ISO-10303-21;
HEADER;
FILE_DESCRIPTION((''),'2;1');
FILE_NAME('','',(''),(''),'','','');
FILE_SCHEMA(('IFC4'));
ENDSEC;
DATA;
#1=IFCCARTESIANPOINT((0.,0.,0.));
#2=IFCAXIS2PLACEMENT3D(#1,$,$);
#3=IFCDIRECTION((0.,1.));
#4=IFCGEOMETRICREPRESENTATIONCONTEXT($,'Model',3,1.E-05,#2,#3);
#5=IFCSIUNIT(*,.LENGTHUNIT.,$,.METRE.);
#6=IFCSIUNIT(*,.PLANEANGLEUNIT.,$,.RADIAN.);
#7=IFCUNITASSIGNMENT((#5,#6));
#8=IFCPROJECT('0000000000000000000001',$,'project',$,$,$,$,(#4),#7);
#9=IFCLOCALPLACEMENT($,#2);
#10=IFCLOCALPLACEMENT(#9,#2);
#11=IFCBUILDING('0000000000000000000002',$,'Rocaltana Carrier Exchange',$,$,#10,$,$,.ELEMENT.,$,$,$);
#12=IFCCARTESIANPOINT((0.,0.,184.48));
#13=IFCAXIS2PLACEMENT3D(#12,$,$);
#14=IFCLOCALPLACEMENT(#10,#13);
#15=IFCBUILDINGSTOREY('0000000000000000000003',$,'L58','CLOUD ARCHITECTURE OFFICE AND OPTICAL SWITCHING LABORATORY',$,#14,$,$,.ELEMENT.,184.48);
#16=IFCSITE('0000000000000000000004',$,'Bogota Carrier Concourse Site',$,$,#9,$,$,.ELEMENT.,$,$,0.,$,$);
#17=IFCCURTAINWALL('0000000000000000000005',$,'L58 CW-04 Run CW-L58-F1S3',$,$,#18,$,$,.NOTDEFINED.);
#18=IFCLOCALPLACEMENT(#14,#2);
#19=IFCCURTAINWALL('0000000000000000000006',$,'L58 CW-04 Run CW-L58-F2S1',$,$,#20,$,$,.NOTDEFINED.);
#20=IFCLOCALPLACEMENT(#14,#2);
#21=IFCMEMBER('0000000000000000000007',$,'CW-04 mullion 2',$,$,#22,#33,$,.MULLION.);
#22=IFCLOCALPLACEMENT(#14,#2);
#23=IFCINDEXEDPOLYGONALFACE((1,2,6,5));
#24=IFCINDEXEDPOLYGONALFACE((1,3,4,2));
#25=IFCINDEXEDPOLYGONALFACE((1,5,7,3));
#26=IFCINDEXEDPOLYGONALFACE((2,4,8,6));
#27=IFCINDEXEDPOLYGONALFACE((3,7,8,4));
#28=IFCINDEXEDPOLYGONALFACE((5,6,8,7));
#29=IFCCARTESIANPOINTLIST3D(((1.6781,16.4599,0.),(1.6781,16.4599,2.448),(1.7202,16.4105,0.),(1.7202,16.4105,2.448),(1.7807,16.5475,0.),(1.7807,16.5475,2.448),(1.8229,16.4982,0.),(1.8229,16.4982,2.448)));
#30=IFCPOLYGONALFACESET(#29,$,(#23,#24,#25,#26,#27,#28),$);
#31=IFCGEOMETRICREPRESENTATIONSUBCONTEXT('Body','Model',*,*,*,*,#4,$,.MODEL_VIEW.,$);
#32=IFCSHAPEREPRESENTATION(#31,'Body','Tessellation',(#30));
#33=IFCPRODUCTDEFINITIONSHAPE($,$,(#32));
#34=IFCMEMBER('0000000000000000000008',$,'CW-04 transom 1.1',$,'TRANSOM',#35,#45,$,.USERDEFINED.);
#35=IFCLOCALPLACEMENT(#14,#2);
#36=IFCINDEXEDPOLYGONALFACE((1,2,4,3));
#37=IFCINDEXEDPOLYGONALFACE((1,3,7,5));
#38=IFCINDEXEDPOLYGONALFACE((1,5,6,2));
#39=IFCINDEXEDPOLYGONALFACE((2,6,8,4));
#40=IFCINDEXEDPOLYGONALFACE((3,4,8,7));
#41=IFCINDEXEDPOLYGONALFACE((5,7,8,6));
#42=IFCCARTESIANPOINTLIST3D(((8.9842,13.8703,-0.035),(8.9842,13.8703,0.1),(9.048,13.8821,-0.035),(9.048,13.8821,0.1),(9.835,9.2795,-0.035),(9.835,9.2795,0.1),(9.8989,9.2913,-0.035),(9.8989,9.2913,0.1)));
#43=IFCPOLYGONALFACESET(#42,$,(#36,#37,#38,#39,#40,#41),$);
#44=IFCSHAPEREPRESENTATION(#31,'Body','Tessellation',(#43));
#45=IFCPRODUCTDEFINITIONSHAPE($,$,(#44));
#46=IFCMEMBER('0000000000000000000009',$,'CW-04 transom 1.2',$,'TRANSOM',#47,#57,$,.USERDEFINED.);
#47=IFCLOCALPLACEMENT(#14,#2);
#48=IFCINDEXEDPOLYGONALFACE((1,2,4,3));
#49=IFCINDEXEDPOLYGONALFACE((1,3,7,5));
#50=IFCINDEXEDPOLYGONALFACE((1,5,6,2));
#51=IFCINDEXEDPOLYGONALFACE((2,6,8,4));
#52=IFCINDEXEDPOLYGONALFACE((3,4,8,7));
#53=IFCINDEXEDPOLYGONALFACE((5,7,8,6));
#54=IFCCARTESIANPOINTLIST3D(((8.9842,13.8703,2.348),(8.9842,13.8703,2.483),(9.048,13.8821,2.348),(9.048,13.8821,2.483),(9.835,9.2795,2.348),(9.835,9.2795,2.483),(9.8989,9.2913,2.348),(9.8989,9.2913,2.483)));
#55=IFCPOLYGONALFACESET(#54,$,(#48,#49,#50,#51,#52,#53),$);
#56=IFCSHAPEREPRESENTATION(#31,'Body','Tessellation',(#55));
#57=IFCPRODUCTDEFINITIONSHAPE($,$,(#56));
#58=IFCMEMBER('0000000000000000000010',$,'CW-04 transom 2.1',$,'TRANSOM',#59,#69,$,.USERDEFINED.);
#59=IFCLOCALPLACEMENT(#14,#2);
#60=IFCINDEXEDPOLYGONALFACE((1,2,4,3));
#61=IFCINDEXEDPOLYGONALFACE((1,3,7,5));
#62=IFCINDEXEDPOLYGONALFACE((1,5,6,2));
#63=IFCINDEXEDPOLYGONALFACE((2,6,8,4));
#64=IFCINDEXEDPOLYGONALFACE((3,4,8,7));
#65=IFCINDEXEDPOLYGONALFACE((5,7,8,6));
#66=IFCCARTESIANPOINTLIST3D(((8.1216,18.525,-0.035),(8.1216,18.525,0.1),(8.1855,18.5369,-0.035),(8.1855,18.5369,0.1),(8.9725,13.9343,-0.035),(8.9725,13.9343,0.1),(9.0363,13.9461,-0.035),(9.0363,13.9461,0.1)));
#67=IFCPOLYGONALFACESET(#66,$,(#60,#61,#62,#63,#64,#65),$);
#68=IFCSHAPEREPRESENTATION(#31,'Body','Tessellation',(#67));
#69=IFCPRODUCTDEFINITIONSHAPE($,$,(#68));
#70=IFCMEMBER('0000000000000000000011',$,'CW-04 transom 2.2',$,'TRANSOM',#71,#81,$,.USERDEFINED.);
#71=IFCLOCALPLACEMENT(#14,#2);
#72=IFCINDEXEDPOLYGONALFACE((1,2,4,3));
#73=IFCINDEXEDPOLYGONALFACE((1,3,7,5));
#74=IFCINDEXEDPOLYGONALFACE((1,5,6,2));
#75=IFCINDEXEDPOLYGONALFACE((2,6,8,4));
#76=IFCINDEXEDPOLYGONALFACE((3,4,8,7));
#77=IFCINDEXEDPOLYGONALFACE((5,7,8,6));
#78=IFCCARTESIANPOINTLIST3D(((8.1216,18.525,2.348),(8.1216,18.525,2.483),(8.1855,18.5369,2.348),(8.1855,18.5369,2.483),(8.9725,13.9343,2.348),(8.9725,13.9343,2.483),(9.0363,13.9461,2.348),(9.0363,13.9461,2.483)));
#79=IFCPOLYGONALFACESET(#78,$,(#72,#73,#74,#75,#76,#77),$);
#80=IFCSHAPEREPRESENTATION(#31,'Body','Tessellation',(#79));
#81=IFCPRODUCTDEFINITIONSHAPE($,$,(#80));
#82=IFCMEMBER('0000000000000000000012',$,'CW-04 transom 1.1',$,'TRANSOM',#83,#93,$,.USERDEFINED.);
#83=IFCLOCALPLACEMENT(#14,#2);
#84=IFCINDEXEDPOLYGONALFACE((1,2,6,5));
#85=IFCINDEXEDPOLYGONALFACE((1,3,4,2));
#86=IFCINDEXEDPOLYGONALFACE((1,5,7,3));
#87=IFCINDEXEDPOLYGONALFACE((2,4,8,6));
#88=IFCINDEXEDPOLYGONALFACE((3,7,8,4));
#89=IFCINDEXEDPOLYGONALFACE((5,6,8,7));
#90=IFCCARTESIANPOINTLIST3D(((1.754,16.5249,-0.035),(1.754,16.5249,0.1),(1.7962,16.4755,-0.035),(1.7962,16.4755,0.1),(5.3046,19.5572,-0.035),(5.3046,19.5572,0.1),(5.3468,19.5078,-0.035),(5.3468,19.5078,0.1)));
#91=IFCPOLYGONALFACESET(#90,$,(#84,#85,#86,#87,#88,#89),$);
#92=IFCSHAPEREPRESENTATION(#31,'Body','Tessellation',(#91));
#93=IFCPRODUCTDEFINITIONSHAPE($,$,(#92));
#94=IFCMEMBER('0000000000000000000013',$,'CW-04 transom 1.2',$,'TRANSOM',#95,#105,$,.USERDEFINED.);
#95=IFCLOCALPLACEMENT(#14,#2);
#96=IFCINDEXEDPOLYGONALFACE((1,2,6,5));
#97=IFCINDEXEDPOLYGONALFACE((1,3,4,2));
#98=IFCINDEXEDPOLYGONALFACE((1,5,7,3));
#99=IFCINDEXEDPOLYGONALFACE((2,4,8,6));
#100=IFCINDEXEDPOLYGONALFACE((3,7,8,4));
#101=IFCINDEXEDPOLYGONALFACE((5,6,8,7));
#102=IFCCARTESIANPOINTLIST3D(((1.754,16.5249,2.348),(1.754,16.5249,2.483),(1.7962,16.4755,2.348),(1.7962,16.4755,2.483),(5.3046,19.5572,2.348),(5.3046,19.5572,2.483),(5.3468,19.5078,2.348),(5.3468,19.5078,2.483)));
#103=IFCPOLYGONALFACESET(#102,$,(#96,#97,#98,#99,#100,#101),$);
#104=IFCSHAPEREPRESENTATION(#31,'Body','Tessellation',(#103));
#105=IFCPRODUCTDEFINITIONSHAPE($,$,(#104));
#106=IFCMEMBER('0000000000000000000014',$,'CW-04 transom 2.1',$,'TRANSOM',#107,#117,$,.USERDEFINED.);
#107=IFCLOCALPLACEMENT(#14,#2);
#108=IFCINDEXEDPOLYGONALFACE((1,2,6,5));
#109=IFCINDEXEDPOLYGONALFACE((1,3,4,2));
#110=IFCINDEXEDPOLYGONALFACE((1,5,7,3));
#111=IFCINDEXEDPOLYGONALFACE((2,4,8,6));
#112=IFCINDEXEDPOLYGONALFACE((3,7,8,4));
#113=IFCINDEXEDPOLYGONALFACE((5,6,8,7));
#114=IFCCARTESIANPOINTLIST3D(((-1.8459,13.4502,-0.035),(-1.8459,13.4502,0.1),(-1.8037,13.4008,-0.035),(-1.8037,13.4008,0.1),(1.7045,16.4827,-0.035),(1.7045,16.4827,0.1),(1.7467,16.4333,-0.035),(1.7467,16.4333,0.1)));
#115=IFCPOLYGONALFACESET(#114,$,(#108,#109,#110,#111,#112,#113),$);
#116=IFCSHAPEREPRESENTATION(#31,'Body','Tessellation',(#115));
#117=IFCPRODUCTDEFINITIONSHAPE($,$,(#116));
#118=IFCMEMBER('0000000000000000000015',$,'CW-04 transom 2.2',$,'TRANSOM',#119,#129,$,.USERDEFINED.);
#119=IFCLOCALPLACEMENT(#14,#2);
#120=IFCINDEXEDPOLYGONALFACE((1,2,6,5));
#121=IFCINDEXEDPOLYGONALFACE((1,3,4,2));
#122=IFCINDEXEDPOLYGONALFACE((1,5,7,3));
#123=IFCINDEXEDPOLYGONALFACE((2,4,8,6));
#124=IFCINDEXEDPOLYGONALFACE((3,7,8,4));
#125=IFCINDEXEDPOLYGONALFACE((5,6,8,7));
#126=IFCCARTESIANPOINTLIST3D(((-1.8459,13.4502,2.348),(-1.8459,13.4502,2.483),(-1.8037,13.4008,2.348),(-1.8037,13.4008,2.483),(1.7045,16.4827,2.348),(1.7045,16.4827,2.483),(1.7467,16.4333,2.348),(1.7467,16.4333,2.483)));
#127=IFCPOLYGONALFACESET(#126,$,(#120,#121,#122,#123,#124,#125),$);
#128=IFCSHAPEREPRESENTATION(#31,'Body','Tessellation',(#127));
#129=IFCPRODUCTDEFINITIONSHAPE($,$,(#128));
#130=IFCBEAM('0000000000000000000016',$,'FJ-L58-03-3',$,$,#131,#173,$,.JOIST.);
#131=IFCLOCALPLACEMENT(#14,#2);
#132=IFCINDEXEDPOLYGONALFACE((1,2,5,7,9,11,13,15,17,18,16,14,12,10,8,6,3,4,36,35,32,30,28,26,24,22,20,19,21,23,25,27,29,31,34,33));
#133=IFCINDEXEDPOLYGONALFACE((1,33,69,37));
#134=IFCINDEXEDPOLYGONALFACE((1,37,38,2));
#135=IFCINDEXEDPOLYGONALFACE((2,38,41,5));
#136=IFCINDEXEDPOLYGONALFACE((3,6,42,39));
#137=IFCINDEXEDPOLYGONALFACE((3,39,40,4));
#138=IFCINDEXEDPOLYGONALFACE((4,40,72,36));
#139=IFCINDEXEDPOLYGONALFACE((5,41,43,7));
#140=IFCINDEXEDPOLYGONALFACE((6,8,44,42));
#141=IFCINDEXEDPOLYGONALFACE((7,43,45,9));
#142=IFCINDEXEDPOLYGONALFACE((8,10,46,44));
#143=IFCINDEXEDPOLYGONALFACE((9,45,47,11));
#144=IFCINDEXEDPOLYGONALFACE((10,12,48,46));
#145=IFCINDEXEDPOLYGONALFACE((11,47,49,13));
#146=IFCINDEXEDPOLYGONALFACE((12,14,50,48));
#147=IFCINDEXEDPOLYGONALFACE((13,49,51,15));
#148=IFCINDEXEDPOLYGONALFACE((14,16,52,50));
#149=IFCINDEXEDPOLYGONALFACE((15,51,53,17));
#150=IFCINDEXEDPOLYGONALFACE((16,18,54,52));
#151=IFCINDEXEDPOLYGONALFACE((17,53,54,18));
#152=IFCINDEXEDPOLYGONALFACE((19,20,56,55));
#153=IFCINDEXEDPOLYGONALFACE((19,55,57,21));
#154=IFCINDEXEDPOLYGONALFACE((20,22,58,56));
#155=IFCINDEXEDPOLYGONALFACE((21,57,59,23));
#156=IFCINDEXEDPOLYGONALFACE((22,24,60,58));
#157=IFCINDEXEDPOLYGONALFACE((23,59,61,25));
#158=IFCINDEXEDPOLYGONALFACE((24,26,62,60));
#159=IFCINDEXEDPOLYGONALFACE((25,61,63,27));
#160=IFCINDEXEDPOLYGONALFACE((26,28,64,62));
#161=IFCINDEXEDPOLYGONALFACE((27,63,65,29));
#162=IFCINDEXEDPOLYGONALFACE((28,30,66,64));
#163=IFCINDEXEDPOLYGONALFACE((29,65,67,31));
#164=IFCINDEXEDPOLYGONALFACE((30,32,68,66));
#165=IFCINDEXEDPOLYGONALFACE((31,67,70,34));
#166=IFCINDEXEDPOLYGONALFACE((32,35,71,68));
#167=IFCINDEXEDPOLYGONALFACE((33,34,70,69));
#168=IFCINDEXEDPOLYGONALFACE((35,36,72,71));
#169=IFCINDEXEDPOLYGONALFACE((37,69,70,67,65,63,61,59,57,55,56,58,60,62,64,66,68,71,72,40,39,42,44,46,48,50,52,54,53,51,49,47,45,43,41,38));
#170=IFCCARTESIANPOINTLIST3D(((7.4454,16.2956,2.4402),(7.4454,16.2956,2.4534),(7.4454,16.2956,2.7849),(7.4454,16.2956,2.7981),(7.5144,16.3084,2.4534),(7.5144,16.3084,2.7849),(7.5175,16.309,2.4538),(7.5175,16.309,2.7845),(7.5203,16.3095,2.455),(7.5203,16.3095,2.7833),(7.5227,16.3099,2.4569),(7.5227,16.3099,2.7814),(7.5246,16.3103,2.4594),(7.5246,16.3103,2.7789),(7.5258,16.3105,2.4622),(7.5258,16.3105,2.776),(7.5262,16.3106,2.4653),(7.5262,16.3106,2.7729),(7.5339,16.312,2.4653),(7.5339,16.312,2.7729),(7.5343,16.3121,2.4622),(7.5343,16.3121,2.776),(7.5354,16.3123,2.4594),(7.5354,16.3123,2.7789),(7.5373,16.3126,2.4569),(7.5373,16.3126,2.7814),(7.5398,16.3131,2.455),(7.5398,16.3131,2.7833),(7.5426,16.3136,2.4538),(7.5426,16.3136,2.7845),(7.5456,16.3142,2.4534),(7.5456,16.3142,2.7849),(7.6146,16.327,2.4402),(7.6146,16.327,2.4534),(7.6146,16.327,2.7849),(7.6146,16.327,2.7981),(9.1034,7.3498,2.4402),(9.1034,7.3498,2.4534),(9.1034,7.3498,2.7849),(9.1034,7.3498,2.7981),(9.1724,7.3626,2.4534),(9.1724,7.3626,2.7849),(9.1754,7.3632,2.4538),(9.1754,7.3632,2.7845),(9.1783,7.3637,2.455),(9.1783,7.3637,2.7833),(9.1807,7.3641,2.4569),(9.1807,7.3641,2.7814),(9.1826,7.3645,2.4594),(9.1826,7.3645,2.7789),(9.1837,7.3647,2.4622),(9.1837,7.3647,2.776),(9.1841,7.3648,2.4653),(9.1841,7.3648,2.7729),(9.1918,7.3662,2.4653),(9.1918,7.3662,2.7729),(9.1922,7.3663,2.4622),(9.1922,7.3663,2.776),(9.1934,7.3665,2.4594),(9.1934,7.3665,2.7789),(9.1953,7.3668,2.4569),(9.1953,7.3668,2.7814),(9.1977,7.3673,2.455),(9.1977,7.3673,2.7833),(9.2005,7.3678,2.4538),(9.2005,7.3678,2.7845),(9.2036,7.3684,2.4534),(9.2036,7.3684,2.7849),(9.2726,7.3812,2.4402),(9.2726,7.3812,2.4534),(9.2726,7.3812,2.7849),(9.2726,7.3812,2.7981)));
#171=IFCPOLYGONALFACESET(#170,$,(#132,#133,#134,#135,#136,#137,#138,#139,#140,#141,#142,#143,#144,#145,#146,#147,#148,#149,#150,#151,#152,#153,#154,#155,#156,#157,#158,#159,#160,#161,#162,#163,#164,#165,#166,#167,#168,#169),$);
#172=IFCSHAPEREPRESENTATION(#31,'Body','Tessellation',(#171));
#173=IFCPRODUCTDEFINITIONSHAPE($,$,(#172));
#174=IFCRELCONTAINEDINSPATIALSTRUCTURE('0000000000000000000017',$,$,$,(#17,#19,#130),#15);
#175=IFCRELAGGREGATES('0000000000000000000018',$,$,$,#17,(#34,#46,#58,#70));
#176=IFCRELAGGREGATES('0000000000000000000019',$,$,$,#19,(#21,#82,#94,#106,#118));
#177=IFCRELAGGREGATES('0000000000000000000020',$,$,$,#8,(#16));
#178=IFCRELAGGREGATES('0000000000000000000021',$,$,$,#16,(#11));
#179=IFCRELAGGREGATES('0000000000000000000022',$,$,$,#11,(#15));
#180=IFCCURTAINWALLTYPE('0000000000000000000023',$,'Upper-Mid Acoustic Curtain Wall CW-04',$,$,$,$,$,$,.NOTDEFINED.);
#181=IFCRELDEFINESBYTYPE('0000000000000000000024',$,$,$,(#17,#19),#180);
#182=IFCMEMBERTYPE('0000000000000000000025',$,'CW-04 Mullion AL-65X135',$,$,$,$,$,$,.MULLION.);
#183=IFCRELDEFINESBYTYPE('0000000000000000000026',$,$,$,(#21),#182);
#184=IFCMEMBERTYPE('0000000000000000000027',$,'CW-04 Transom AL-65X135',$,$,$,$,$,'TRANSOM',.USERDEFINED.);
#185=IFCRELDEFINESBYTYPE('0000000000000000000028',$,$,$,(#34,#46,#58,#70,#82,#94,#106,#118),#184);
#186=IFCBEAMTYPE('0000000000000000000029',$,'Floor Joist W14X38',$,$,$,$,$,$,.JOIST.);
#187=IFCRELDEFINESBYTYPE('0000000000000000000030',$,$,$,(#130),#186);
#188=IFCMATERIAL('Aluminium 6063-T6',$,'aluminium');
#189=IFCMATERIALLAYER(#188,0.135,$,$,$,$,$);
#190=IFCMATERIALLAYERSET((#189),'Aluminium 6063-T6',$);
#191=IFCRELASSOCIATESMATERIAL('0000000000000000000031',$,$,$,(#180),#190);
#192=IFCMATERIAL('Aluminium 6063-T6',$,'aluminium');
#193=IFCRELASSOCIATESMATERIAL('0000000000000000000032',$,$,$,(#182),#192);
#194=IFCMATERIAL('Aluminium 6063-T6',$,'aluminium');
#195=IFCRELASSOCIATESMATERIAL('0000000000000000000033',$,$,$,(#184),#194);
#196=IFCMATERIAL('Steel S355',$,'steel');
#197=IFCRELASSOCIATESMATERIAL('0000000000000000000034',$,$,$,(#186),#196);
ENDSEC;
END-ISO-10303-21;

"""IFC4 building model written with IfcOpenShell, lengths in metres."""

from ifc_helpers import new_model, si_unit, direction, frame, origin, origin_2d, place, context, subcontext, project, spatial, rectangle, i_section, extrude, material, layer, layer_set, material_profile, profile_set, type_object, element, aggregate, save


model = new_model("IFC4")

# Units and contexts
model_context = context("Model", 3, precision=1e-05, world=origin(), true_north=direction((0.0, 1.0)))
body_context = subcontext(model_context, "Body", "Model", "MODEL_VIEW")
ifc_project = project(units=[si_unit("LENGTHUNIT", "METRE"), si_unit("PLANEANGLEUNIT", "RADIAN")], contexts=[model_context])

# Site, building, storey
site_placement = place(None, origin())
site = spatial("IfcSite", under=ifc_project, at=site_placement, Name="Bogota Carrier Concourse Site", CompositionType="ELEMENT", RefElevation=0.0)
building_placement = place(site_placement, origin())
building = spatial("IfcBuilding", under=site, at=building_placement, Name="Rocaltana Carrier Exchange", CompositionType="ELEMENT")
storey_placement = place(building_placement, frame((0.0, 0.0, 184.48)))
storey = spatial("IfcBuildingStorey", under=building, at=storey_placement, Name="L58", Description="CLOUD ARCHITECTURE OFFICE AND OPTICAL SWITCHING LABORATORY", CompositionType="ELEMENT", Elevation=184.48)

# Curtain walls, member
ifc_material_1 = material(Name="Aluminium 6063-T6", Category="aluminium")
ifc_layer_1 = layer(ifc_material_1, 0.135)
ifc_layer_set_1 = layer_set([ifc_layer_1], Name="Aluminium 6063-T6")
curtain_wall_type = type_object("IfcCurtainWallType", Name="Upper-Mid Acoustic Curtain Wall CW-04", PredefinedType="NOTDEFINED", material=ifc_layer_set_1)
curtain_wall_1_placement = place(storey_placement, origin())
curtain_wall_1 = element("IfcCurtainWall", 1, at=curtain_wall_1_placement, inside=storey, type_object=curtain_wall_type, Name="L58 CW-04 Run CW-L58-F1S3", PredefinedType="NOTDEFINED")
ifc_material_2 = material(Name="Aluminium 6063-T6", Category="aluminium")
ifc_material_profile_1 = material_profile(ifc_material_2, rectangle(XDim=0.0649, YDim=0.135, at=origin_2d()), Name="AL-65X135")
ifc_profile_set_1 = profile_set([ifc_material_profile_1], Name="Aluminium 6063-T6")
member_type_1 = type_object("IfcMemberType", Name="CW-04 Mullion AL-65X135", PredefinedType="MULLION", material=ifc_profile_set_1)
curtain_wall_2_placement = place(storey_placement, origin())
curtain_wall_2 = element("IfcCurtainWall", 2, at=curtain_wall_2_placement, inside=storey, type_object=curtain_wall_type, Name="L58 CW-04 Run CW-L58-F2S1", PredefinedType="NOTDEFINED")
member_1_placement = place(storey_placement, frame((1.7505, 16.479, 0.0), z_axis=(0.0, 0.0, 1.0), x_axis=(0.649448, -0.760406, 0.0)))
member_1 = element("IfcMember", 3, at=member_1_placement, type_object=member_type_1, Name="CW-04 mullion 2", PredefinedType="MULLION", context=body_context, shape_type="SweptSolid", body=[
    extrude(rectangle(XDim=0.0649, YDim=0.135, at=origin_2d()), origin(), (0.0, 0.0, 1.0), 2.448),
])

# Members
ifc_material_3 = material(Name="Aluminium 6063-T6", Category="aluminium")
ifc_material_profile_2 = material_profile(ifc_material_3, rectangle(XDim=0.0649, YDim=0.135, at=origin_2d()), Name="AL-65X135")
ifc_profile_set_2 = profile_set([ifc_material_profile_2], Name="Aluminium 6063-T6")
member_type_2 = type_object("IfcMemberType", Name="CW-04 Transom AL-65X135", ElementType="TRANSOM", PredefinedType="USERDEFINED", material=ifc_profile_set_2)
member_2_placement = place(storey_placement, frame((9.8669, 9.2854, 0.0325), z_axis=(-0.18223, 0.983256, 0.0), x_axis=(-0.983256, -0.18223, 0.0)))
member_2 = element("IfcMember", 4, at=member_2_placement, type_object=member_type_2, Name="CW-04 transom 1.1", ObjectType="TRANSOM", PredefinedType="USERDEFINED", context=body_context, shape_type="SweptSolid", body=[
    extrude(rectangle(XDim=0.0649, YDim=0.135, at=origin_2d()), origin(), (0.0, 0.0, 1.0), 4.6689),
])
member_3_placement = place(storey_placement, frame((9.8669, 9.2854, 2.4155), z_axis=(-0.18223, 0.983256, 0.0), x_axis=(-0.983256, -0.18223, 0.0)))
member_3 = element("IfcMember", 5, at=member_3_placement, type_object=member_type_2, Name="CW-04 transom 1.2", ObjectType="TRANSOM", PredefinedType="USERDEFINED", context=body_context, shape_type="SweptSolid", body=[
    extrude(rectangle(XDim=0.0649, YDim=0.135, at=origin_2d()), origin(), (0.0, 0.0, 1.0), 4.6689),
])
member_4_placement = place(storey_placement, frame((9.0044, 13.9402, 0.0325), z_axis=(-0.18223, 0.983256, 0.0), x_axis=(-0.983256, -0.18223, 0.0)))
member_4 = element("IfcMember", 6, at=member_4_placement, type_object=member_type_2, Name="CW-04 transom 2.1", ObjectType="TRANSOM", PredefinedType="USERDEFINED", context=body_context, shape_type="SweptSolid", body=[
    extrude(rectangle(XDim=0.0649, YDim=0.135, at=origin_2d()), origin(), (0.0, 0.0, 1.0), 4.6689),
])
member_5_placement = place(storey_placement, frame((9.0044, 13.9402, 2.4155), z_axis=(-0.18223, 0.983256, 0.0), x_axis=(-0.983256, -0.18223, 0.0)))
member_5 = element("IfcMember", 7, at=member_5_placement, type_object=member_type_2, Name="CW-04 transom 2.2", ObjectType="TRANSOM", PredefinedType="USERDEFINED", context=body_context, shape_type="SweptSolid", body=[
    extrude(rectangle(XDim=0.0649, YDim=0.135, at=origin_2d()), origin(), (0.0, 0.0, 1.0), 4.6689),
])
member_6_placement = place(storey_placement, frame((5.3257, 19.5325, 0.0325), z_axis=(-0.760429, -0.649421, 0.0), x_axis=(0.649421, -0.760429, 0.0)))
member_6 = element("IfcMember", 8, at=member_6_placement, type_object=member_type_2, Name="CW-04 transom 1.1", ObjectType="TRANSOM", PredefinedType="USERDEFINED", context=body_context, shape_type="SweptSolid", body=[
    extrude(rectangle(XDim=0.0649, YDim=0.135, at=origin_2d()), origin(), (0.0, 0.0, 1.0), 4.6692),
])
member_7_placement = place(storey_placement, frame((5.3257, 19.5325, 2.4155), z_axis=(-0.760429, -0.649421, 0.0), x_axis=(0.649421, -0.760429, 0.0)))
member_7 = element("IfcMember", 9, at=member_7_placement, type_object=member_type_2, Name="CW-04 transom 1.2", ObjectType="TRANSOM", PredefinedType="USERDEFINED", context=body_context, shape_type="SweptSolid", body=[
    extrude(rectangle(XDim=0.0649, YDim=0.135, at=origin_2d()), origin(), (0.0, 0.0, 1.0), 4.6692),
])
member_8_placement = place(storey_placement, frame((1.7256, 16.458, 0.0325), z_axis=(-0.760381, -0.649477, 0.0), x_axis=(0.649477, -0.760381, 0.0)))
member_8 = element("IfcMember", 10, at=member_8_placement, type_object=member_type_2, Name="CW-04 transom 2.1", ObjectType="TRANSOM", PredefinedType="USERDEFINED", context=body_context, shape_type="SweptSolid", body=[
    extrude(rectangle(XDim=0.0649, YDim=0.135, at=origin_2d()), origin(), (0.0, 0.0, 1.0), 4.6692),
])
member_9_placement = place(storey_placement, frame((1.7256, 16.458, 2.4155), z_axis=(-0.760381, -0.649477, 0.0), x_axis=(0.649477, -0.760381, 0.0)))
member_9 = element("IfcMember", 11, at=member_9_placement, type_object=member_type_2, Name="CW-04 transom 2.2", ObjectType="TRANSOM", PredefinedType="USERDEFINED", context=body_context, shape_type="SweptSolid", body=[
    extrude(rectangle(XDim=0.0649, YDim=0.135, at=origin_2d()), origin(), (0.0, 0.0, 1.0), 4.6692),
])

# Beam
ifc_material_4 = material(Name="Steel S355", Category="steel")
ifc_material_profile_3 = material_profile(ifc_material_4, i_section(OverallWidth=0.1721, OverallDepth=0.3579, WebThickness=0.0078, FlangeThickness=0.0132, FilletRadius=0.012, at=origin_2d()), Name="W14X38")
ifc_profile_set_3 = profile_set([ifc_material_profile_3], Name="Steel S355")
beam_type_1 = type_object("IfcBeamType", Name="Floor Joist W14X38", PredefinedType="JOIST", material=ifc_profile_set_3)
beam_1_placement = place(storey_placement, frame((9.188, 7.3655, 2.6191), z_axis=(-0.182231, 0.983256, 0.0), x_axis=(-0.983256, -0.182231, 0.0)))
element("IfcBeam", 12, at=beam_1_placement, inside=storey, type_object=beam_type_1, Name="FJ-L58-03-3", PredefinedType="JOIST", context=body_context, shape_type="SweptSolid", body=[
    extrude(i_section(OverallWidth=0.1721, OverallDepth=0.3579, WebThickness=0.0078, FlangeThickness=0.0132, FilletRadius=0.012, at=origin_2d()), origin(), (0.0, 0.0, 1.0), 9.0981),
])

aggregate(curtain_wall_1, [member_2, member_3, member_4, member_5])
aggregate(curtain_wall_2, [member_1, member_6, member_7, member_8, member_9])

save(model, "model.ifc")
